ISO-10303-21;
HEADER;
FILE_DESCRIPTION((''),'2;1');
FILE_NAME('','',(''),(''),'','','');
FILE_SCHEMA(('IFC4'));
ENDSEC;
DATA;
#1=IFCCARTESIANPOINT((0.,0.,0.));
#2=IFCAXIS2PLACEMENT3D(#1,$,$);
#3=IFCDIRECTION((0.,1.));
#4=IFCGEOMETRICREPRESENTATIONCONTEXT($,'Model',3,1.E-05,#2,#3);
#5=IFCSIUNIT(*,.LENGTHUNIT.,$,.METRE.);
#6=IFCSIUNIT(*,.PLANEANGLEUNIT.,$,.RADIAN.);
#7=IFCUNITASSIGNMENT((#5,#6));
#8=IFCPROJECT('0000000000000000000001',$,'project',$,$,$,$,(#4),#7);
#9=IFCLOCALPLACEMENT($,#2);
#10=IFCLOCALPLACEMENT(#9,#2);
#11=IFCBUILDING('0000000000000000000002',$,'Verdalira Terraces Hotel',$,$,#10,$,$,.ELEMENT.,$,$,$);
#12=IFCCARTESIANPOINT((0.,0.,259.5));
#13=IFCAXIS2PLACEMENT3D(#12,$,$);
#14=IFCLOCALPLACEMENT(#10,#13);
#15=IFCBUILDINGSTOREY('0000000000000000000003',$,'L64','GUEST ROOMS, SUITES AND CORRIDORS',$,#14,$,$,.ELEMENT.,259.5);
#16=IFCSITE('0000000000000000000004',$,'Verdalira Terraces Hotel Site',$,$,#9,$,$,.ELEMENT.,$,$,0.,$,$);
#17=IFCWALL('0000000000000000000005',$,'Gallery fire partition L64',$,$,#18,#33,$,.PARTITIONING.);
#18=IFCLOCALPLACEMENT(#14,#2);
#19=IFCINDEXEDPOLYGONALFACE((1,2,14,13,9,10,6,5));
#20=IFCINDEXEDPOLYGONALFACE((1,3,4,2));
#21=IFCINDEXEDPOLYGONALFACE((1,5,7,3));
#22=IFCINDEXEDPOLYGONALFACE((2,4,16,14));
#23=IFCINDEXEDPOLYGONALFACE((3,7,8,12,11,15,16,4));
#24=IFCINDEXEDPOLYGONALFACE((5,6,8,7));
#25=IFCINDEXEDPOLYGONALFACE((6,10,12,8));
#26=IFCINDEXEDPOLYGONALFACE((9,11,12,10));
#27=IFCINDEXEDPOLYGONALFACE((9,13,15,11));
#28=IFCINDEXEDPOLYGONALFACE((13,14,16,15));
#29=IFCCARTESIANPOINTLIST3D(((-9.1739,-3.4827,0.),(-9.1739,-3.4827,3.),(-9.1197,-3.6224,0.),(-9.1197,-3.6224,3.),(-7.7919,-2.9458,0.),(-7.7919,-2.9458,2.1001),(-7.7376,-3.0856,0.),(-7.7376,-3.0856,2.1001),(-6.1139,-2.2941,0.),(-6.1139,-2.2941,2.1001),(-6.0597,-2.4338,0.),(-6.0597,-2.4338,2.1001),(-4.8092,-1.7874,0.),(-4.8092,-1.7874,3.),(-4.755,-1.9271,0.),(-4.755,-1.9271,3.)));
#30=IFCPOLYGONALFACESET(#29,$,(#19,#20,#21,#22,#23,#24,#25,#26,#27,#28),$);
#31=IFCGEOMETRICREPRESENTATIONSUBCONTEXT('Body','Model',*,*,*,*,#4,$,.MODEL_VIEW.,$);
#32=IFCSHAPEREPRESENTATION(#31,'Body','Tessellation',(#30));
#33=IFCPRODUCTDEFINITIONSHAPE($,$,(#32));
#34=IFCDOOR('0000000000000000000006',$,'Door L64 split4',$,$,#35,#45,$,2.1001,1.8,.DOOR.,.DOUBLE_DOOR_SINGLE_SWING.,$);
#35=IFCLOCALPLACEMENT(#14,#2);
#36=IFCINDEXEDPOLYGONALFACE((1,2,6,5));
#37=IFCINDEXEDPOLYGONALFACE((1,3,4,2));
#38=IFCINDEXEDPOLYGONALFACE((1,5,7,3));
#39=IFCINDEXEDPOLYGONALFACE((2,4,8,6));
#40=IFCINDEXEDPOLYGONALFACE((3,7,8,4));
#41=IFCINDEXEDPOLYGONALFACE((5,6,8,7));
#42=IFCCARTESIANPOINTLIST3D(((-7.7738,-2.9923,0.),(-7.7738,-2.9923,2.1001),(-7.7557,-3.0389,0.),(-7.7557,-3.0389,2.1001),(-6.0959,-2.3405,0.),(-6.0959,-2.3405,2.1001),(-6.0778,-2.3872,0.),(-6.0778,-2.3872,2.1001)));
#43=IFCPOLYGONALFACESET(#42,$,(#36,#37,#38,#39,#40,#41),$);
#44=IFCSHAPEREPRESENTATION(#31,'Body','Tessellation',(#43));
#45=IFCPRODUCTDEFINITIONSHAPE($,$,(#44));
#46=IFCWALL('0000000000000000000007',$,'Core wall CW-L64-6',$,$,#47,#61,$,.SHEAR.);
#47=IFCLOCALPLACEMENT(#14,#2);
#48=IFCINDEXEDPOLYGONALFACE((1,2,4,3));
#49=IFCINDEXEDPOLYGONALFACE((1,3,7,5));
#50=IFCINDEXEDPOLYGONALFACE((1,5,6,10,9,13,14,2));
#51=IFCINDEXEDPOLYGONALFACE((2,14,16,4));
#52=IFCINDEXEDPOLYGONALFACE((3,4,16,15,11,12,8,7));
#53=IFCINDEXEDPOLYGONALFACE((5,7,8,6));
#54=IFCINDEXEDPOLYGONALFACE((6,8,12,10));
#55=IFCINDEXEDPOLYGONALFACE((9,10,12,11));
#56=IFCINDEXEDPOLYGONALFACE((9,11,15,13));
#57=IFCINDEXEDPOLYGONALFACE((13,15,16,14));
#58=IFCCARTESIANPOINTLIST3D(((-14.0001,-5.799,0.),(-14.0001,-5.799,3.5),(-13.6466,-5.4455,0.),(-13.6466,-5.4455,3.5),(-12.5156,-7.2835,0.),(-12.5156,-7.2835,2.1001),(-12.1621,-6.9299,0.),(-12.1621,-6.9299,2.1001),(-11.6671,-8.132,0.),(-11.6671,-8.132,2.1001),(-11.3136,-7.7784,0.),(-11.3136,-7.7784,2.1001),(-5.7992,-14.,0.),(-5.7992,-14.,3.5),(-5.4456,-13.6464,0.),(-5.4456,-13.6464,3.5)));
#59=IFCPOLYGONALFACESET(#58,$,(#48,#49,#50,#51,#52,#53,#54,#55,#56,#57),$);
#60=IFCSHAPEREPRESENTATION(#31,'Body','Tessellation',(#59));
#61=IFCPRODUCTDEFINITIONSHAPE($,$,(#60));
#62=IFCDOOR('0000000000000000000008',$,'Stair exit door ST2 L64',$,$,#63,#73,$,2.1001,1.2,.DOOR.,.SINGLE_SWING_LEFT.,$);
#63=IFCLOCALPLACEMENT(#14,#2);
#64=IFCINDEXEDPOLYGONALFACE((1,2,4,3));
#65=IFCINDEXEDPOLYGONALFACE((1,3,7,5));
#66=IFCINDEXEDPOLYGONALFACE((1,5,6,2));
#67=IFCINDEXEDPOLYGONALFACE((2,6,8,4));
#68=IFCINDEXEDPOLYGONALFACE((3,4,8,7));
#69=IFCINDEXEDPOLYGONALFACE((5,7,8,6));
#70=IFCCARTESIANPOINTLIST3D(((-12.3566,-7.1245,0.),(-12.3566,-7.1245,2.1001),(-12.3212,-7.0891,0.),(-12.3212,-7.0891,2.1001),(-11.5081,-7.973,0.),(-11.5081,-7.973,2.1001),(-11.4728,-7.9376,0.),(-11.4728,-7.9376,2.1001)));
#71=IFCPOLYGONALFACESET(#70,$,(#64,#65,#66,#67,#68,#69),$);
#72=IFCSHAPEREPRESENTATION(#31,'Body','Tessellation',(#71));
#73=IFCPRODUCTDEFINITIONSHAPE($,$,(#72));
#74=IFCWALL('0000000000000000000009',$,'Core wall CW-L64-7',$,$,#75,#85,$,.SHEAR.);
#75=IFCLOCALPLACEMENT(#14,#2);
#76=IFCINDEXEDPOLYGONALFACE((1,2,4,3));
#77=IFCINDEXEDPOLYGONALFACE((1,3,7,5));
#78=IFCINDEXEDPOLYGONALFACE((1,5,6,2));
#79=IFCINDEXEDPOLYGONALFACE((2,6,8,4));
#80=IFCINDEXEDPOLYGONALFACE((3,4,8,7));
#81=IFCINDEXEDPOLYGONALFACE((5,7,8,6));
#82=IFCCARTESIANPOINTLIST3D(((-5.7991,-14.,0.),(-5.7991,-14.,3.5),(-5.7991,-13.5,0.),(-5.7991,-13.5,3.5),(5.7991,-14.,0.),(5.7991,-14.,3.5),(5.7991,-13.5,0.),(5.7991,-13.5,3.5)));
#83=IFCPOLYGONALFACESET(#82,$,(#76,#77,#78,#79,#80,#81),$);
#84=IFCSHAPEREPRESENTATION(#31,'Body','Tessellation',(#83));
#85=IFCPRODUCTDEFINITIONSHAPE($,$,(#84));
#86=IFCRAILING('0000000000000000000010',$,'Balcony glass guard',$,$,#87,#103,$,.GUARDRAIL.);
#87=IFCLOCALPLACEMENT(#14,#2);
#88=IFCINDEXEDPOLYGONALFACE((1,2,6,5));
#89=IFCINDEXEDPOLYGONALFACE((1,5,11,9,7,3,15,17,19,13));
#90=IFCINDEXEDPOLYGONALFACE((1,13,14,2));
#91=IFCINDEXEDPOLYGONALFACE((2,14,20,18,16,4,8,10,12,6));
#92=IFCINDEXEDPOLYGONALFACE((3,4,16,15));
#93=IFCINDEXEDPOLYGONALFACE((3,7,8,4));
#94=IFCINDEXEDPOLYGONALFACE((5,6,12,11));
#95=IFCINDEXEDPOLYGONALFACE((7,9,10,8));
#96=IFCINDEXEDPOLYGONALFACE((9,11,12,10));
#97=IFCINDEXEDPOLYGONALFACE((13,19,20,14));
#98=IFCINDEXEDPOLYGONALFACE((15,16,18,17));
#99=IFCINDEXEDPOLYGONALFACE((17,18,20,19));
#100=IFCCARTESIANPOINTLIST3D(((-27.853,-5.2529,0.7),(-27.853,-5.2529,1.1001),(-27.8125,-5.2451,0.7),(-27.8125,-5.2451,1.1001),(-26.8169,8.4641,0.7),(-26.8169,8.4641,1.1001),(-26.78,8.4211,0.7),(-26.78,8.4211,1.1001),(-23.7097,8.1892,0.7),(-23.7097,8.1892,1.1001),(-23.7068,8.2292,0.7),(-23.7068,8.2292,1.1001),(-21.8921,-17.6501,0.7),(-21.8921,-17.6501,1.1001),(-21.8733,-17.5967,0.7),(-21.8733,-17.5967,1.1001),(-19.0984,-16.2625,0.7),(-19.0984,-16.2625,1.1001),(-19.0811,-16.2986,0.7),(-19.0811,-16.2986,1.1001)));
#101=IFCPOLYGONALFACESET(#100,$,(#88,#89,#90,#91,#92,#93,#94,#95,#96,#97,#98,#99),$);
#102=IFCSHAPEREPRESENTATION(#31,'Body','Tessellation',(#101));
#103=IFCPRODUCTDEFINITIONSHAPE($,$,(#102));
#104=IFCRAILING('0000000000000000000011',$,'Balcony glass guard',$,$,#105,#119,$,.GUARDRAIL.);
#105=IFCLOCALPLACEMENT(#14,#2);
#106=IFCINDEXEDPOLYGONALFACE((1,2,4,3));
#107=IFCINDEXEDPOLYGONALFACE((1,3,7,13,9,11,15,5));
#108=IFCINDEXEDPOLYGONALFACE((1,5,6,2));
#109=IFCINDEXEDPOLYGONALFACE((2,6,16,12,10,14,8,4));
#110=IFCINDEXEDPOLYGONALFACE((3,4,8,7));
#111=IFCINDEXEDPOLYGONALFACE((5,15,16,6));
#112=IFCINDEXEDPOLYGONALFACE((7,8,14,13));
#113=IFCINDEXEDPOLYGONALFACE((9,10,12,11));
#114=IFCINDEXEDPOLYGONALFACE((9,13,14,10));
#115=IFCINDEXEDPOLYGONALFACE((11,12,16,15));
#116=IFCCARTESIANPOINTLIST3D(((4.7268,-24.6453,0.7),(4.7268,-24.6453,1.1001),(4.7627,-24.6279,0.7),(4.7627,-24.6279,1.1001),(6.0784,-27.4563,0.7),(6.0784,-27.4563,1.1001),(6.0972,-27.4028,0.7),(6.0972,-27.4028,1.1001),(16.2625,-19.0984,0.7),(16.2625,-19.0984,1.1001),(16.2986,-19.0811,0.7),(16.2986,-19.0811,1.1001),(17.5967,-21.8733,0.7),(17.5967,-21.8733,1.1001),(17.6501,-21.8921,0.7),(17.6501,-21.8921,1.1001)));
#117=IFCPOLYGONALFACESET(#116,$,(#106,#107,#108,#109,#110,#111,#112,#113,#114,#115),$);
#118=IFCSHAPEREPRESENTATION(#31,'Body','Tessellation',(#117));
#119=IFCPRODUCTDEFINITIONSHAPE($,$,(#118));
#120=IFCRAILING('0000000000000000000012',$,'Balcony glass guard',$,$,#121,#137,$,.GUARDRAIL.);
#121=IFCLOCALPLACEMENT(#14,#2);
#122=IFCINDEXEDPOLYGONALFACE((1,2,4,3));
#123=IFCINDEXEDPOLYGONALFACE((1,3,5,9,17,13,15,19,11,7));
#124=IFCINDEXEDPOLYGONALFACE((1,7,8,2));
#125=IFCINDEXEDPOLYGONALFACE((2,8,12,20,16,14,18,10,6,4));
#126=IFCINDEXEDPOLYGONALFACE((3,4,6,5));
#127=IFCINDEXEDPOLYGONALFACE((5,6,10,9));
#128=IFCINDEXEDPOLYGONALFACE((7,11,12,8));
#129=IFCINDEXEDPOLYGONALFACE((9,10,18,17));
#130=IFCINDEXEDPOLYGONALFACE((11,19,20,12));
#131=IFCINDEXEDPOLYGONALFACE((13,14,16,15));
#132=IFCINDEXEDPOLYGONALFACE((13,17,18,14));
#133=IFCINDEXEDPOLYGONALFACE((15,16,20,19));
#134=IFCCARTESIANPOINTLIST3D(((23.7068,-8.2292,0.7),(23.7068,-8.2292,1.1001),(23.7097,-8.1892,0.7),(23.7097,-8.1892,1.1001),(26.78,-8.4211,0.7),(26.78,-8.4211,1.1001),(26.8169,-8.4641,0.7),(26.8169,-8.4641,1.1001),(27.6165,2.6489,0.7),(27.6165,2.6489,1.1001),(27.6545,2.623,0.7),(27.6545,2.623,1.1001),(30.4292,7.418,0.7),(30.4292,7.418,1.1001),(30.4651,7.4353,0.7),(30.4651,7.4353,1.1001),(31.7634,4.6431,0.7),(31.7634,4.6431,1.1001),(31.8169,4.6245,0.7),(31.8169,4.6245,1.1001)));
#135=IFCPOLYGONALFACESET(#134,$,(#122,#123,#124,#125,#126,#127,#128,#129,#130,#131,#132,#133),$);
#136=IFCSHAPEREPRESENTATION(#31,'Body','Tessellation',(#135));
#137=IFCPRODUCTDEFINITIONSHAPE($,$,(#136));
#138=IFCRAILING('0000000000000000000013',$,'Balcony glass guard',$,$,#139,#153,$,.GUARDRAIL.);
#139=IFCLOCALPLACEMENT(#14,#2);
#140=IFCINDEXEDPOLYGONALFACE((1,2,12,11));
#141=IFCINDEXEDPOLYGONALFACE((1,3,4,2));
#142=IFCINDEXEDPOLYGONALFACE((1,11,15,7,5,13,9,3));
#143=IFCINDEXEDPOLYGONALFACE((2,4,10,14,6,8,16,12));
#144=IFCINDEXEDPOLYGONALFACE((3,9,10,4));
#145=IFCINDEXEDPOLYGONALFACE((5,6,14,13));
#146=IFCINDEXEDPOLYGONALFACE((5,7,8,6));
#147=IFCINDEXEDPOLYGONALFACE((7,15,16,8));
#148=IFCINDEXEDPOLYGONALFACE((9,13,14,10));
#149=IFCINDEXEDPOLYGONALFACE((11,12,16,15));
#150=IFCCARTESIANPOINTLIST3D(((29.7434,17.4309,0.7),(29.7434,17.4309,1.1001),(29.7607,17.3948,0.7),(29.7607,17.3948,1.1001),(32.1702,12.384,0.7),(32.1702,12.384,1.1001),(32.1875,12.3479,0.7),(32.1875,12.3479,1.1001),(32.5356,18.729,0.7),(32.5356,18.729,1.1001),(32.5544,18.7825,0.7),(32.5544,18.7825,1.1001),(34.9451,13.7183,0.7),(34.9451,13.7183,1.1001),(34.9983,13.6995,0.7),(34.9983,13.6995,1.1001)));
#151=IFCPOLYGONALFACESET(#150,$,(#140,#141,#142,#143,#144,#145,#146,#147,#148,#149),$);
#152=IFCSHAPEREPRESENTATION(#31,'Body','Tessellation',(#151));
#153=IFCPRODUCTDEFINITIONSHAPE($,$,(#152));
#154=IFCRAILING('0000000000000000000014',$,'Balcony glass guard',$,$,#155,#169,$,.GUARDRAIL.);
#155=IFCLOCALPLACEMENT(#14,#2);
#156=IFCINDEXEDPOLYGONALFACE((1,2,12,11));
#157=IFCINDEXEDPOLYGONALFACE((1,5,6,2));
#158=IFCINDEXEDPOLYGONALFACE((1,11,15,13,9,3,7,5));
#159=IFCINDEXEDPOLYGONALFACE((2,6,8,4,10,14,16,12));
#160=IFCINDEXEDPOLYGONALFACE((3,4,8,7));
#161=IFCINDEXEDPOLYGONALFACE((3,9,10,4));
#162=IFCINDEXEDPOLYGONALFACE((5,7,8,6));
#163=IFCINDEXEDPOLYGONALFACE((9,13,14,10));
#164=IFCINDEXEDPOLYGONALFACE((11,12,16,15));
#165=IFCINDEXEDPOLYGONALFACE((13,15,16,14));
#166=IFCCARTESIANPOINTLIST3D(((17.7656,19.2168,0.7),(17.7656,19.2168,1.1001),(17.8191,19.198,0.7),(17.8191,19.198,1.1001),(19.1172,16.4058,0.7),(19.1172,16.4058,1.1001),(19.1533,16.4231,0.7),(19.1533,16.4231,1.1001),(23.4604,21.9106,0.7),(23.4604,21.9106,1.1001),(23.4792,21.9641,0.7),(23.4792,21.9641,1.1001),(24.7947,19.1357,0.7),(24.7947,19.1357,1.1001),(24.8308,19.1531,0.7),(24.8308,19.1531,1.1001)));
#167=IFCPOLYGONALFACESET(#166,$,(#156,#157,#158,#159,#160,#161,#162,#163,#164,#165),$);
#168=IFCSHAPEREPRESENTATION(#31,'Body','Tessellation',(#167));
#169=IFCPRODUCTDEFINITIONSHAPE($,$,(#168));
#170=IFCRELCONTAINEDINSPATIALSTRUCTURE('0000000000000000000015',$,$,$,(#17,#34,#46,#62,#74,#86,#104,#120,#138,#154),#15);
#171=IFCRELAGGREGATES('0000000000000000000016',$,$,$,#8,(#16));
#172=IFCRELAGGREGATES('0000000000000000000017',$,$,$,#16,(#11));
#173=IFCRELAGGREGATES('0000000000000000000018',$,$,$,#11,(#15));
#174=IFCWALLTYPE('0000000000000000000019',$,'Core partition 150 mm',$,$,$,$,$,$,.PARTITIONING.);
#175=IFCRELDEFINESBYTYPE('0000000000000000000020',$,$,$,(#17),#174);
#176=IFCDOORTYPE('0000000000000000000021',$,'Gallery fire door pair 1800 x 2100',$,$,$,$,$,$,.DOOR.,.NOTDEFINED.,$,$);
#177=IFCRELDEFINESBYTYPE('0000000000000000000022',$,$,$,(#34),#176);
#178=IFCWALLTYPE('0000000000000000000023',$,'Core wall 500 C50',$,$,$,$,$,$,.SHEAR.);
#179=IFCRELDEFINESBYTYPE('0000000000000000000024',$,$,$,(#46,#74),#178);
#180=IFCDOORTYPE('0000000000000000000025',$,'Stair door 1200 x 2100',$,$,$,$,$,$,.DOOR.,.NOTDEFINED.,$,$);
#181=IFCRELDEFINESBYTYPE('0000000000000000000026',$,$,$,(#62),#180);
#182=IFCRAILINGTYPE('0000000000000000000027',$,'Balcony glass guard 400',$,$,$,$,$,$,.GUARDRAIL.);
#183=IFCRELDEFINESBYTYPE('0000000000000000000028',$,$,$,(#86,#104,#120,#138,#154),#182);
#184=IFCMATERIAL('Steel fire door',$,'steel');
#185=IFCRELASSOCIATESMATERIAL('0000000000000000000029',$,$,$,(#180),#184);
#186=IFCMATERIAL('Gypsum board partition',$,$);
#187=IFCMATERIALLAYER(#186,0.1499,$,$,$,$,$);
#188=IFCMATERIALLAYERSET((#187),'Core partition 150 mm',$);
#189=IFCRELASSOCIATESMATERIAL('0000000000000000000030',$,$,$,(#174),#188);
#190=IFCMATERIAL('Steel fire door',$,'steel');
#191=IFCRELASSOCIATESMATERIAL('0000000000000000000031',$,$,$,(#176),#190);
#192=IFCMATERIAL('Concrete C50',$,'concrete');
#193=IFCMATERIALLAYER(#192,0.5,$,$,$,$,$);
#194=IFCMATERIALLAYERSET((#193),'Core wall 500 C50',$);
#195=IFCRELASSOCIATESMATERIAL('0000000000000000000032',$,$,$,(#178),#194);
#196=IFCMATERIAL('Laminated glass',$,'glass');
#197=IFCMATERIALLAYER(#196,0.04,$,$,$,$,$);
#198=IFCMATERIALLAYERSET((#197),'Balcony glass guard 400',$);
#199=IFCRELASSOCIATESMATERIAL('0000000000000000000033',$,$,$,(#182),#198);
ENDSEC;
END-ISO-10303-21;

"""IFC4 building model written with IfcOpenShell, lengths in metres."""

from ifc_helpers import new_model, si_unit, direction, frame, frame_2d, origin, place, context, subcontext, project, spatial, polyline, rectangle, outline, extrude, material, layer, layer_set, type_object, element, fill, save


model = new_model("IFC4")

# Units and contexts
model_context = context("Model", 3, precision=1e-05, world=origin(), true_north=direction((0.0, 1.0)))
body_context = subcontext(model_context, "Body", "Model", "MODEL_VIEW")
ifc_project = project(units=[si_unit("LENGTHUNIT", "METRE"), si_unit("PLANEANGLEUNIT", "RADIAN")], contexts=[model_context])

# Site, building, storey
site_placement = place(None, origin())
site = spatial("IfcSite", under=ifc_project, at=site_placement, Name="Verdalira Terraces Hotel Site", CompositionType="ELEMENT", RefElevation=0.0)
building_placement = place(site_placement, origin())
building = spatial("IfcBuilding", under=site, at=building_placement, Name="Verdalira Terraces Hotel", CompositionType="ELEMENT")
storey_placement = place(building_placement, frame((0.0, 0.0, 259.5)))
storey = spatial("IfcBuildingStorey", under=building, at=storey_placement, Name="L64", Description="GUEST ROOMS, SUITES AND CORRIDORS", CompositionType="ELEMENT", Elevation=259.5)

# Shared definitions
ifc_material_1 = material(Name="Steel fire door", Category="steel")
door_type_1 = type_object("IfcDoorType", Name="Stair door 1200 x 2100", OperationType="NOTDEFINED", PredefinedType="DOOR", material=ifc_material_1)

# Walls, openings, doors
ifc_material_2 = material(Name="Gypsum board partition")
ifc_layer_1 = layer(ifc_material_2, 0.1499)
ifc_layer_set_1 = layer_set([ifc_layer_1], Name="Core partition 150 mm")
wall_type_1 = type_object("IfcWallType", Name="Core partition 150 mm", PredefinedType="PARTITIONING", material=ifc_layer_set_1)
wall_1_placement = place(storey_placement, frame((-4.782, -1.8572, 0.0), z_axis=(0.0, 0.0, 1.0), x_axis=(-0.932155, -0.362059, 0.0)))
wall_1 = element("IfcWall", 1, at=wall_1_placement, inside=storey, type_object=wall_type_1, Name="Gallery fire partition L64", PredefinedType="PARTITIONING", context=body_context, shape_type="SweptSolid", body=[
    extrude(rectangle(XDim=4.6824, YDim=0.1499, at=frame_2d((2.3413, 0.0))), origin(), (0.0, 0.0, 1.0), 3.0),
])
opening_1_placement = place(wall_1_placement, frame((1.3999, 0.0, 0.0)))
opening_1 = element("IfcOpeningElement", 2, at=opening_1_placement, cuts=wall_1, PredefinedType="OPENING", context=body_context, shape_type="SweptSolid", body=[
    extrude(rectangle(XDim=1.8, YDim=2.1001, at=frame_2d((0.8999, 1.05))), frame((0.0, 0.085, 0.0), z_axis=(0.0, -1.0, 0.0), x_axis=(1.0, 0.0, 0.0)), (0.0, 0.0, 1.0), 0.1699),
])
ifc_material_3 = material(Name="Steel fire door", Category="steel")
door_type_2 = type_object("IfcDoorType", Name="Gallery fire door pair 1800 x 2100", OperationType="NOTDEFINED", PredefinedType="DOOR", material=ifc_material_3)
door_1_placement = place(opening_1_placement, origin())
door_1 = element("IfcDoor", 3, at=door_1_placement, inside=storey, type_object=door_type_2, Name="Door L64 split4", OperationType="DOUBLE_DOOR_SINGLE_SWING", OverallHeight=2.1001, OverallWidth=1.8, PredefinedType="DOOR", context=body_context, shape_type="SweptSolid", body=[
    extrude(rectangle(XDim=1.8, YDim=2.1001, at=frame_2d((0.8999, 1.05))), frame((0.0, 0.0249, 0.0), z_axis=(0.0, -1.0, 0.0), x_axis=(1.0, 0.0, 0.0)), (0.0, 0.0, 1.0), 0.05),
])
fill(opening_1, door_1)
ifc_material_4 = material(Name="Concrete C50", Category="concrete")
ifc_layer_2 = layer(ifc_material_4, 0.5)
ifc_layer_set_2 = layer_set([ifc_layer_2], Name="Core wall 500 C50")
wall_type_2 = type_object("IfcWallType", Name="Core wall 500 C50", PredefinedType="SHEAR", material=ifc_layer_set_2)
wall_2_placement = place(storey_placement, frame((-13.8232, -5.6223, 0.0), z_axis=(0.0, 0.0, 1.0), x_axis=(0.707107, -0.707107, 0.0)))
wall_2 = element("IfcWall", 4, at=wall_2_placement, inside=storey, type_object=wall_type_2, Name="Core wall CW-L64-6", PredefinedType="SHEAR", context=body_context, shape_type="SweptSolid", body=[
    extrude(rectangle(XDim=11.5979, YDim=0.5, at=frame_2d((5.7988, 0.0))), origin(), (0.0, 0.0, 1.0), 3.5),
])
opening_2_placement = place(wall_2_placement, frame((2.0991, 0.0, 0.0)))
opening_2 = element("IfcOpeningElement", 5, at=opening_2_placement, cuts=wall_2, PredefinedType="OPENING", context=body_context, shape_type="SweptSolid", body=[
    extrude(rectangle(XDim=1.2, YDim=2.1001, at=frame_2d((0.6001, 1.05))), frame((0.0, 0.26, 0.0), z_axis=(0.0, -1.0, 0.0), x_axis=(1.0, 0.0, 0.0)), (0.0, 0.0, 1.0), 0.52),
])
door_2_placement = place(opening_2_placement, origin())
door_2 = element("IfcDoor", 6, at=door_2_placement, inside=storey, type_object=door_type_1, Name="Stair exit door ST2 L64", OperationType="SINGLE_SWING_LEFT", OverallHeight=2.1001, OverallWidth=1.2, PredefinedType="DOOR", context=body_context, shape_type="SweptSolid", body=[
    extrude(rectangle(XDim=1.2, YDim=2.1001, at=frame_2d((0.6001, 1.05))), frame((0.0, 0.0249, 0.0), z_axis=(0.0, -1.0, 0.0), x_axis=(1.0, 0.0, 0.0)), (0.0, 0.0, 1.0), 0.05),
])
fill(opening_2, door_2)

# Wall
wall_3_placement = place(storey_placement, frame((-5.7991, -13.75, 0.0), z_axis=(0.0, 0.0, 1.0), x_axis=(1.0, 0.0, 0.0)))
element("IfcWall", 7, at=wall_3_placement, inside=storey, type_object=wall_type_2, Name="Core wall CW-L64-7", PredefinedType="SHEAR", context=body_context, shape_type="SweptSolid", body=[
    extrude(rectangle(XDim=11.5981, YDim=0.5, at=frame_2d((5.7991, 0.0))), origin(), (0.0, 0.0, 1.0), 3.5),
])

# Railings
ifc_material_5 = material(Name="Laminated glass", Category="glass")
ifc_layer_3 = layer(ifc_material_5, 0.04)
ifc_layer_set_3 = layer_set([ifc_layer_3], Name="Balcony glass guard 400")
railing_type_1 = type_object("IfcRailingType", Name="Balcony glass guard 400", PredefinedType="GUARDRAIL", material=ifc_layer_set_3)
railing_1_placement = place(storey_placement, frame((0.0, 0.0, 0.7)))
element("IfcRailing", 8, at=railing_1_placement, inside=storey, type_object=railing_type_1, Name="Balcony glass guard", PredefinedType="GUARDRAIL", context=body_context, shape_type="SweptSolid", body=[
    extrude(outline(polyline([(-26.78, 8.4211), (-27.8125, -5.2451), (-21.8733, -17.5967), (-19.0984, -16.2625), (-19.0811, -16.2986), (-21.8921, -17.6501), (-27.853, -5.2529), (-26.8169, 8.4641), (-23.7068, 8.2292), (-23.7097, 8.1892), (-26.78, 8.4211)])), origin(), (0.0, 0.0, 1.0), 0.4001),
])
railing_2_placement = place(storey_placement, frame((0.0, 0.0, 0.7)))
element("IfcRailing", 9, at=railing_2_placement, inside=storey, type_object=railing_type_1, Name="Balcony glass guard", PredefinedType="GUARDRAIL", context=body_context, shape_type="SweptSolid", body=[
    extrude(outline(polyline([(6.0972, -27.4028), (17.5967, -21.8733), (16.2625, -19.0984), (16.2986, -19.0811), (17.6501, -21.8921), (6.0784, -27.4563), (4.7268, -24.6453), (4.7627, -24.6279), (6.0972, -27.4028)])), origin(), (0.0, 0.0, 1.0), 0.4001),
])
railing_3_placement = place(storey_placement, frame((0.0, 0.0, 0.7)))
element("IfcRailing", 10, at=railing_3_placement, inside=storey, type_object=railing_type_1, Name="Balcony glass guard", PredefinedType="GUARDRAIL", context=body_context, shape_type="SweptSolid", body=[
    extrude(outline(polyline([(26.78, -8.4211), (27.6165, 2.6489), (31.7634, 4.6431), (30.4292, 7.418), (30.4651, 7.4353), (31.8169, 4.6245), (27.6545, 2.623), (26.8169, -8.4641), (23.7068, -8.2292), (23.7097, -8.1892), (26.78, -8.4211)])), origin(), (0.0, 0.0, 1.0), 0.4001),
])
railing_4_placement = place(storey_placement, frame((0.0, 0.0, 0.7)))
element("IfcRailing", 11, at=railing_4_placement, inside=storey, type_object=railing_type_1, Name="Balcony glass guard", PredefinedType="GUARDRAIL", context=body_context, shape_type="SweptSolid", body=[
    extrude(outline(polyline([(34.9451, 13.7183), (32.5356, 18.729), (29.7607, 17.3948), (29.7434, 17.4309), (32.5544, 18.7825), (34.9983, 13.6995), (32.1875, 12.3479), (32.1702, 12.384), (34.9451, 13.7183)])), origin(), (0.0, 0.0, 1.0), 0.4001),
])
railing_5_placement = place(storey_placement, frame((0.0, 0.0, 0.7)))
element("IfcRailing", 12, at=railing_5_placement, inside=storey, type_object=railing_type_1, Name="Balcony glass guard", PredefinedType="GUARDRAIL", context=body_context, shape_type="SweptSolid", body=[
    extrude(outline(polyline([(23.4604, 21.9106), (17.8191, 19.198), (19.1533, 16.4231), (19.1172, 16.4058), (17.7656, 19.2168), (23.4792, 21.9641), (24.8308, 19.1531), (24.7947, 19.1357), (23.4604, 21.9106)])), origin(), (0.0, 0.0, 1.0), 0.4001),
])

save(model, "model.ifc")
